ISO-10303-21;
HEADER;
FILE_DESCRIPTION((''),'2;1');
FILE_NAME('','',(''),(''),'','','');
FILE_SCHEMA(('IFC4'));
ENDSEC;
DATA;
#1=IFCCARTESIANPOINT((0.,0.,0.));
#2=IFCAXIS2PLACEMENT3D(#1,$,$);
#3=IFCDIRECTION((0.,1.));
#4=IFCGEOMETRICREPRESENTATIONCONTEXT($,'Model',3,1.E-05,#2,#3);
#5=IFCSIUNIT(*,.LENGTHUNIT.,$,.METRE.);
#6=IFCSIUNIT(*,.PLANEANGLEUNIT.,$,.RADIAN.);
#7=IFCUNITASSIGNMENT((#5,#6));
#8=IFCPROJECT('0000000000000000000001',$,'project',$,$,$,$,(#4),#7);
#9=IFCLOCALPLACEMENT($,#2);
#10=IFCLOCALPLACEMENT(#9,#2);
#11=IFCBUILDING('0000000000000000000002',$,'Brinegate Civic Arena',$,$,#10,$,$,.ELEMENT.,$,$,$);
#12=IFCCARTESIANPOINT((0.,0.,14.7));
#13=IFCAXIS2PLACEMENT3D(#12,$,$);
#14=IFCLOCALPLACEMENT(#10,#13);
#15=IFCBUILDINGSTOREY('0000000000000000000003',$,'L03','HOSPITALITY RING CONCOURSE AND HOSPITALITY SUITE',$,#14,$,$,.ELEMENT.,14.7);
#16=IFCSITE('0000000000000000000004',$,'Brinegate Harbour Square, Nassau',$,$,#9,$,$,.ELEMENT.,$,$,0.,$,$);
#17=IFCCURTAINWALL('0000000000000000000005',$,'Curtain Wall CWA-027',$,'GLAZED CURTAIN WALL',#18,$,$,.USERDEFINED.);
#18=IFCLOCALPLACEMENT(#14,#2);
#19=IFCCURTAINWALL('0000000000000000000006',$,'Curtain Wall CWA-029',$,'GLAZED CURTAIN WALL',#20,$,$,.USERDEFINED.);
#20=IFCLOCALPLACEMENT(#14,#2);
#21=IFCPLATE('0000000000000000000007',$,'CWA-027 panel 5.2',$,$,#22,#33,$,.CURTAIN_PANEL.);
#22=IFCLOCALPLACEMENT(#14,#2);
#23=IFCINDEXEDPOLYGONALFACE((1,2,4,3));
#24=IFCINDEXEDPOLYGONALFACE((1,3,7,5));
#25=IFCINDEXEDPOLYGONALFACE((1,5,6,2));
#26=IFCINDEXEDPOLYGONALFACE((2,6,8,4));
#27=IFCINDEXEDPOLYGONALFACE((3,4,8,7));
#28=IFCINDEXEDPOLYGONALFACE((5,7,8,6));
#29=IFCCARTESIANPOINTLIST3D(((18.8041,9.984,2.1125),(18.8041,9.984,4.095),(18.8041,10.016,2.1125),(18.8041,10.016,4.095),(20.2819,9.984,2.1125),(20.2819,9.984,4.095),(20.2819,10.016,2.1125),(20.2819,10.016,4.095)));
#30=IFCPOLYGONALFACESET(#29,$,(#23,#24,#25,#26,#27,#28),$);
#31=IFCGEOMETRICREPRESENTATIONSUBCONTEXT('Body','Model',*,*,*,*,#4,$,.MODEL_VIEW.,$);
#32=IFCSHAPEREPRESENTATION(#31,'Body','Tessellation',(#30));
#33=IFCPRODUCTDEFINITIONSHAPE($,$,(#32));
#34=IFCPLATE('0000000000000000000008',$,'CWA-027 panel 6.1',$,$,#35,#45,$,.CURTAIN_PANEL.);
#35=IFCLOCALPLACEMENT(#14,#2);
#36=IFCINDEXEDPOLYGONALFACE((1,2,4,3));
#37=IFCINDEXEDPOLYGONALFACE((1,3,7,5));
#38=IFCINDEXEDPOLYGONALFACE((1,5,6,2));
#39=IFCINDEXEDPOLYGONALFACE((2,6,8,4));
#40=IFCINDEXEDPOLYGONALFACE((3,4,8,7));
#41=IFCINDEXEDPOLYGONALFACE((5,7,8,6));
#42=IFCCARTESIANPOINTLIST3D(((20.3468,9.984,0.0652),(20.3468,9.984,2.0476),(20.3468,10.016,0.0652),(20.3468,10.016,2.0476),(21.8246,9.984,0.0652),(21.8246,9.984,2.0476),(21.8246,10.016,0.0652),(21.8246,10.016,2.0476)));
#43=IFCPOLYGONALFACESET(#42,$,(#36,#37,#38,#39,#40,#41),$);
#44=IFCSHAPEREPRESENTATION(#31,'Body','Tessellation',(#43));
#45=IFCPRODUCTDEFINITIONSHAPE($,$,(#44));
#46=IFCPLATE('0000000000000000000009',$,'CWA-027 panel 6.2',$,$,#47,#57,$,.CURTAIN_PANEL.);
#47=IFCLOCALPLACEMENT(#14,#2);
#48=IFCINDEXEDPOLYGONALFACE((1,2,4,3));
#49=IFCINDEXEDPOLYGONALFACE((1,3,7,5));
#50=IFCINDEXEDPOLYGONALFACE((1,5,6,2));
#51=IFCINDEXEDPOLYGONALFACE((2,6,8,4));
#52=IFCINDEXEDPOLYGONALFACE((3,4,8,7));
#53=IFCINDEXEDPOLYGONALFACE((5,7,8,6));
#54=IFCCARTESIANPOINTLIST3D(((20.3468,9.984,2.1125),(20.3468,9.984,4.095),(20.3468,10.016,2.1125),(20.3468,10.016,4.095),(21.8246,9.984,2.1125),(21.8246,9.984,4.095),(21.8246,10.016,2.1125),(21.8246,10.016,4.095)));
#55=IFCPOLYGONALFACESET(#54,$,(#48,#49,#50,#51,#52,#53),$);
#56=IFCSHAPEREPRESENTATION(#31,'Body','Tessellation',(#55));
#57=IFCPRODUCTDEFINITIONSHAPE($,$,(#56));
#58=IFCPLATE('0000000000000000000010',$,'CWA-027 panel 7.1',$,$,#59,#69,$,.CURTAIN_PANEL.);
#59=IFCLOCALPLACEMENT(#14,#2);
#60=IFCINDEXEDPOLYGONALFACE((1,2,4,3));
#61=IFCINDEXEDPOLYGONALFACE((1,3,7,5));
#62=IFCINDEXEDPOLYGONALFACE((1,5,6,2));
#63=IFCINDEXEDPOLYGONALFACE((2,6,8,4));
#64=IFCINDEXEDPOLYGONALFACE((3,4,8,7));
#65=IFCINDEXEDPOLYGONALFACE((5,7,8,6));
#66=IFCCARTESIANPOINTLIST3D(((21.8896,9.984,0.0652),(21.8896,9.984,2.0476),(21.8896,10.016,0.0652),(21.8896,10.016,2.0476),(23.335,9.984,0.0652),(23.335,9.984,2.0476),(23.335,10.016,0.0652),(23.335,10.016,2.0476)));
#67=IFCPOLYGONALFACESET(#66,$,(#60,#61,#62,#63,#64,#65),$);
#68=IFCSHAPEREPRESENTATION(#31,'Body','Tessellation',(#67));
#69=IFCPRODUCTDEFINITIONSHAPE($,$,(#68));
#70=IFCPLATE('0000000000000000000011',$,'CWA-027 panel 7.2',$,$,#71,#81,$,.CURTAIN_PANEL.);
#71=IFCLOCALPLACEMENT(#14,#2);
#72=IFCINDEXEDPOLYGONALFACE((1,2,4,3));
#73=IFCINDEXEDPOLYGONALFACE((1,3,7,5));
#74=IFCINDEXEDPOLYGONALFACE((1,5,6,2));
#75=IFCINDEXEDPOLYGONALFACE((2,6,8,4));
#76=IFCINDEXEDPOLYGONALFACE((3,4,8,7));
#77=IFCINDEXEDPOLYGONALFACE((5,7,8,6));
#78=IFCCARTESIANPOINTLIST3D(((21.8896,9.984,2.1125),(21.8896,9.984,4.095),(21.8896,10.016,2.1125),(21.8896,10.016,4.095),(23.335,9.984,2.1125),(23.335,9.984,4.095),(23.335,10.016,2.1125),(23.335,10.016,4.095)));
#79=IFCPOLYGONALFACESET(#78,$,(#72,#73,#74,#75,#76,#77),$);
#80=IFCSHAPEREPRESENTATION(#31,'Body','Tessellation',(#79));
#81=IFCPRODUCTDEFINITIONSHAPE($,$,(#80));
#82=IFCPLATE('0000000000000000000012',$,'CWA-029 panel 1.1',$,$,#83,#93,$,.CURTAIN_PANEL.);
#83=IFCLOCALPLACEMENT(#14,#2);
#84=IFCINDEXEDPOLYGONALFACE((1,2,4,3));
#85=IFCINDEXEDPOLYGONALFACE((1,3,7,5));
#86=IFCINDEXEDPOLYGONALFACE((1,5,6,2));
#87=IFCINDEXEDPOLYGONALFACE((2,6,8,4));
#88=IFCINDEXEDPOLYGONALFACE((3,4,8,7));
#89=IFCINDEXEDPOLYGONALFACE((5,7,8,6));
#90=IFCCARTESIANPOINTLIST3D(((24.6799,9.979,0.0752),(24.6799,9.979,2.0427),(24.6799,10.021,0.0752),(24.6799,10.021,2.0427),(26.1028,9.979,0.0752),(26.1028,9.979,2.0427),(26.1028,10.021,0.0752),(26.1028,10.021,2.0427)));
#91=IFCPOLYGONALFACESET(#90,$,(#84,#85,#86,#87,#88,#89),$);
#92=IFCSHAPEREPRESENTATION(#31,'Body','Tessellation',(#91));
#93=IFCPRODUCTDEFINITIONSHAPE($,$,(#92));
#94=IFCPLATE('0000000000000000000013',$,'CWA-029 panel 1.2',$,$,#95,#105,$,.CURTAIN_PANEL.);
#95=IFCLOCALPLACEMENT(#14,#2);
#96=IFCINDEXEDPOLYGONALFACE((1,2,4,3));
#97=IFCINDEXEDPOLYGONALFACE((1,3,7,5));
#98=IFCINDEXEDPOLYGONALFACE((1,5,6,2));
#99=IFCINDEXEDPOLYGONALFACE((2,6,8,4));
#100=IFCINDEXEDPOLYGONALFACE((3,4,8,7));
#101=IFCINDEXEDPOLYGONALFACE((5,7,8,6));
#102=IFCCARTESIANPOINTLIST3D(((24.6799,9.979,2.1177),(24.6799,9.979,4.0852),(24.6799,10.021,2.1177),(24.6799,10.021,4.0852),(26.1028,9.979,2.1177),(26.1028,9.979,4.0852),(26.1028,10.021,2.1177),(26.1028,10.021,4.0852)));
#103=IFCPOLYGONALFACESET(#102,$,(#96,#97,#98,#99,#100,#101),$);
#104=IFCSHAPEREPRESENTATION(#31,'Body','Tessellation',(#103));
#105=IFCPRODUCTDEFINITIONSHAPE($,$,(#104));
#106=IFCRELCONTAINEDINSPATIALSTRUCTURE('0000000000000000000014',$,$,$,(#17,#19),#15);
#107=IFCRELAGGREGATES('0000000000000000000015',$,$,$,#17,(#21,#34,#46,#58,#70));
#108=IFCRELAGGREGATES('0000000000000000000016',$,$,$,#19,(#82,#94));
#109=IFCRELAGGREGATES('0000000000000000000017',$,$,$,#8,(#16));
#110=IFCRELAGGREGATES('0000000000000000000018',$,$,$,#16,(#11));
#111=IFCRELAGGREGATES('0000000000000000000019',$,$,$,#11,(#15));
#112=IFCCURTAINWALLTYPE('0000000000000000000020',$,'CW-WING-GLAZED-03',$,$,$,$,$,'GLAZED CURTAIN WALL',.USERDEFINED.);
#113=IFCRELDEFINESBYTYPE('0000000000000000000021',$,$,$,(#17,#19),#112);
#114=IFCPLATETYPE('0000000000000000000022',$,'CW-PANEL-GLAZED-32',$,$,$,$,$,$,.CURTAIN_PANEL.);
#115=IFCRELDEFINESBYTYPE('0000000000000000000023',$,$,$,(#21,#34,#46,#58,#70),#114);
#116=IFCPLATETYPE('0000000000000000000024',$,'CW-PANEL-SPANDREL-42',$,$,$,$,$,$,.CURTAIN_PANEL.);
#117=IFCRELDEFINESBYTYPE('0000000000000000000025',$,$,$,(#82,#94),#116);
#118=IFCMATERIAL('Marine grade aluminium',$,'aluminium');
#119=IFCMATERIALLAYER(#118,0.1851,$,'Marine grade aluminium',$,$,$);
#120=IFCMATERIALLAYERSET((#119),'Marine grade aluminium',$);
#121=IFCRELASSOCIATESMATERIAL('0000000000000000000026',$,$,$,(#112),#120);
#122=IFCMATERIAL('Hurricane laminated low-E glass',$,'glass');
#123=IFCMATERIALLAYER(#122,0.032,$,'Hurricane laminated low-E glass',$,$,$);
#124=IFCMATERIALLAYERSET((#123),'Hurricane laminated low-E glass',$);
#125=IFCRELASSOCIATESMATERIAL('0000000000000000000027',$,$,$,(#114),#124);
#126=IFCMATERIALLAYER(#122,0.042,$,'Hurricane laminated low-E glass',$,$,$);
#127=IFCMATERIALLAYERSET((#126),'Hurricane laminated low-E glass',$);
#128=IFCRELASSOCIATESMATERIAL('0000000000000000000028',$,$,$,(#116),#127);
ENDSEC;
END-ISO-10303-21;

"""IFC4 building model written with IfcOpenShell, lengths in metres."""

from ifc_helpers import new_model, si_unit, direction, frame, origin, origin_2d, place, context, subcontext, project, spatial, rectangle, extrude, material, layer, layer_set, type_object, element, aggregate, save


model = new_model("IFC4")

# Units and contexts
model_context = context("Model", 3, precision=1e-05, world=origin(), true_north=direction((0.0, 1.0)))
body_context = subcontext(model_context, "Body", "Model", "MODEL_VIEW")
ifc_project = project(units=[si_unit("LENGTHUNIT", "METRE"), si_unit("PLANEANGLEUNIT", "RADIAN")], contexts=[model_context])

# Site, building, storey
site_placement = place(None, origin())
site = spatial("IfcSite", under=ifc_project, at=site_placement, Name="Brinegate Harbour Square, Nassau", CompositionType="ELEMENT", RefElevation=0.0)
building_placement = place(site_placement, origin())
building = spatial("IfcBuilding", under=site, at=building_placement, Name="Brinegate Civic Arena", CompositionType="ELEMENT")
storey_placement = place(building_placement, frame((0.0, 0.0, 14.7)))
storey = spatial("IfcBuildingStorey", under=building, at=storey_placement, Name="L03", Description="HOSPITALITY RING CONCOURSE AND HOSPITALITY SUITE", CompositionType="ELEMENT", Elevation=14.7)

# Curtain wall
ifc_material_1 = material(Name="Marine grade aluminium", Category="aluminium")
ifc_layer_1 = layer(ifc_material_1, 0.1851, Name="Marine grade aluminium")
ifc_layer_set_1 = layer_set([ifc_layer_1], Name="Marine grade aluminium")
curtain_wall_type = type_object("IfcCurtainWallType", Name="CW-WING-GLAZED-03", ElementType="GLAZED CURTAIN WALL", PredefinedType="USERDEFINED", material=ifc_layer_set_1)
curtain_wall_1_placement = place(storey_placement, origin())
curtain_wall_1 = element("IfcCurtainWall", 1, at=curtain_wall_1_placement, inside=storey, type_object=curtain_wall_type, Name="Curtain Wall CWA-027", ObjectType="GLAZED CURTAIN WALL", PredefinedType="USERDEFINED")

# Curtain wall
curtain_wall_2_placement = place(storey_placement, origin())
curtain_wall_2 = element("IfcCurtainWall", 2, at=curtain_wall_2_placement, inside=storey, type_object=curtain_wall_type, Name="Curtain Wall CWA-029", ObjectType="GLAZED CURTAIN WALL", PredefinedType="USERDEFINED")

# Plates
ifc_material_2 = material(Name="Hurricane laminated low-E glass", Category="glass")
ifc_layer_2 = layer(ifc_material_2, 0.032, Name="Hurricane laminated low-E glass")
ifc_layer_set_2 = layer_set([ifc_layer_2], Name="Hurricane laminated low-E glass")
plate_type_1 = type_object("IfcPlateType", Name="CW-PANEL-GLAZED-32", PredefinedType="CURTAIN_PANEL", material=ifc_layer_set_2)
plate_1_placement = place(storey_placement, frame((19.543, 10.0, 2.1125), z_axis=(0.0, 0.0, 1.0), x_axis=(1.0, 0.0, 0.0)))
plate_1 = element("IfcPlate", 3, at=plate_1_placement, type_object=plate_type_1, Name="CWA-027 panel 5.2", PredefinedType="CURTAIN_PANEL", context=body_context, shape_type="SweptSolid", body=[
    extrude(rectangle(XDim=1.4778, YDim=0.032, at=origin_2d()), origin(), (0.0, 0.0, 1.0), 1.9824),
])
plate_2_placement = place(storey_placement, frame((21.0857, 10.0, 0.0652), z_axis=(0.0, 0.0, 1.0), x_axis=(1.0, 0.0, 0.0)))
plate_2 = element("IfcPlate", 4, at=plate_2_placement, type_object=plate_type_1, Name="CWA-027 panel 6.1", PredefinedType="CURTAIN_PANEL", context=body_context, shape_type="SweptSolid", body=[
    extrude(rectangle(XDim=1.4778, YDim=0.032, at=origin_2d()), origin(), (0.0, 0.0, 1.0), 1.9824),
])
plate_3_placement = place(storey_placement, frame((21.0857, 10.0, 2.1125), z_axis=(0.0, 0.0, 1.0), x_axis=(1.0, 0.0, 0.0)))
plate_3 = element("IfcPlate", 5, at=plate_3_placement, type_object=plate_type_1, Name="CWA-027 panel 6.2", PredefinedType="CURTAIN_PANEL", context=body_context, shape_type="SweptSolid", body=[
    extrude(rectangle(XDim=1.4778, YDim=0.032, at=origin_2d()), origin(), (0.0, 0.0, 1.0), 1.9824),
])
plate_4_placement = place(storey_placement, frame((22.6123, 10.0, 0.0652), z_axis=(0.0, 0.0, 1.0), x_axis=(1.0, 0.0, 0.0)))
plate_4 = element("IfcPlate", 6, at=plate_4_placement, type_object=plate_type_1, Name="CWA-027 panel 7.1", PredefinedType="CURTAIN_PANEL", context=body_context, shape_type="SweptSolid", body=[
    extrude(rectangle(XDim=1.4453, YDim=0.032, at=origin_2d()), origin(), (0.0, 0.0, 1.0), 1.9824),
])
plate_5_placement = place(storey_placement, frame((22.6123, 10.0, 2.1125), z_axis=(0.0, 0.0, 1.0), x_axis=(1.0, 0.0, 0.0)))
plate_5 = element("IfcPlate", 7, at=plate_5_placement, type_object=plate_type_1, Name="CWA-027 panel 7.2", PredefinedType="CURTAIN_PANEL", context=body_context, shape_type="SweptSolid", body=[
    extrude(rectangle(XDim=1.4453, YDim=0.032, at=origin_2d()), origin(), (0.0, 0.0, 1.0), 1.9824),
])
aggregate(curtain_wall_1, [plate_1, plate_2, plate_3, plate_4, plate_5])
ifc_layer_3 = layer(ifc_material_2, 0.042, Name="Hurricane laminated low-E glass")
ifc_layer_set_3 = layer_set([ifc_layer_3], Name="Hurricane laminated low-E glass")
plate_type_2 = type_object("IfcPlateType", Name="CW-PANEL-SPANDREL-42", PredefinedType="CURTAIN_PANEL", material=ifc_layer_set_3)
plate_6_placement = place(storey_placement, frame((25.3914, 10.0, 0.0752), z_axis=(0.0, 0.0, 1.0), x_axis=(1.0, 0.0, 0.0)))
plate_6 = element("IfcPlate", 8, at=plate_6_placement, type_object=plate_type_2, Name="CWA-029 panel 1.1", PredefinedType="CURTAIN_PANEL", context=body_context, shape_type="SweptSolid", body=[
    extrude(rectangle(XDim=1.4229, YDim=0.042, at=origin_2d()), origin(), (0.0, 0.0, 1.0), 1.9675),
])
plate_7_placement = place(storey_placement, frame((25.3914, 10.0, 2.1177), z_axis=(0.0, 0.0, 1.0), x_axis=(1.0, 0.0, 0.0)))
plate_7 = element("IfcPlate", 9, at=plate_7_placement, type_object=plate_type_2, Name="CWA-029 panel 1.2", PredefinedType="CURTAIN_PANEL", context=body_context, shape_type="SweptSolid", body=[
    extrude(rectangle(XDim=1.4229, YDim=0.042, at=origin_2d()), origin(), (0.0, 0.0, 1.0), 1.9675),
])
aggregate(curtain_wall_2, [plate_6, plate_7])

save(model, "model.ifc")
